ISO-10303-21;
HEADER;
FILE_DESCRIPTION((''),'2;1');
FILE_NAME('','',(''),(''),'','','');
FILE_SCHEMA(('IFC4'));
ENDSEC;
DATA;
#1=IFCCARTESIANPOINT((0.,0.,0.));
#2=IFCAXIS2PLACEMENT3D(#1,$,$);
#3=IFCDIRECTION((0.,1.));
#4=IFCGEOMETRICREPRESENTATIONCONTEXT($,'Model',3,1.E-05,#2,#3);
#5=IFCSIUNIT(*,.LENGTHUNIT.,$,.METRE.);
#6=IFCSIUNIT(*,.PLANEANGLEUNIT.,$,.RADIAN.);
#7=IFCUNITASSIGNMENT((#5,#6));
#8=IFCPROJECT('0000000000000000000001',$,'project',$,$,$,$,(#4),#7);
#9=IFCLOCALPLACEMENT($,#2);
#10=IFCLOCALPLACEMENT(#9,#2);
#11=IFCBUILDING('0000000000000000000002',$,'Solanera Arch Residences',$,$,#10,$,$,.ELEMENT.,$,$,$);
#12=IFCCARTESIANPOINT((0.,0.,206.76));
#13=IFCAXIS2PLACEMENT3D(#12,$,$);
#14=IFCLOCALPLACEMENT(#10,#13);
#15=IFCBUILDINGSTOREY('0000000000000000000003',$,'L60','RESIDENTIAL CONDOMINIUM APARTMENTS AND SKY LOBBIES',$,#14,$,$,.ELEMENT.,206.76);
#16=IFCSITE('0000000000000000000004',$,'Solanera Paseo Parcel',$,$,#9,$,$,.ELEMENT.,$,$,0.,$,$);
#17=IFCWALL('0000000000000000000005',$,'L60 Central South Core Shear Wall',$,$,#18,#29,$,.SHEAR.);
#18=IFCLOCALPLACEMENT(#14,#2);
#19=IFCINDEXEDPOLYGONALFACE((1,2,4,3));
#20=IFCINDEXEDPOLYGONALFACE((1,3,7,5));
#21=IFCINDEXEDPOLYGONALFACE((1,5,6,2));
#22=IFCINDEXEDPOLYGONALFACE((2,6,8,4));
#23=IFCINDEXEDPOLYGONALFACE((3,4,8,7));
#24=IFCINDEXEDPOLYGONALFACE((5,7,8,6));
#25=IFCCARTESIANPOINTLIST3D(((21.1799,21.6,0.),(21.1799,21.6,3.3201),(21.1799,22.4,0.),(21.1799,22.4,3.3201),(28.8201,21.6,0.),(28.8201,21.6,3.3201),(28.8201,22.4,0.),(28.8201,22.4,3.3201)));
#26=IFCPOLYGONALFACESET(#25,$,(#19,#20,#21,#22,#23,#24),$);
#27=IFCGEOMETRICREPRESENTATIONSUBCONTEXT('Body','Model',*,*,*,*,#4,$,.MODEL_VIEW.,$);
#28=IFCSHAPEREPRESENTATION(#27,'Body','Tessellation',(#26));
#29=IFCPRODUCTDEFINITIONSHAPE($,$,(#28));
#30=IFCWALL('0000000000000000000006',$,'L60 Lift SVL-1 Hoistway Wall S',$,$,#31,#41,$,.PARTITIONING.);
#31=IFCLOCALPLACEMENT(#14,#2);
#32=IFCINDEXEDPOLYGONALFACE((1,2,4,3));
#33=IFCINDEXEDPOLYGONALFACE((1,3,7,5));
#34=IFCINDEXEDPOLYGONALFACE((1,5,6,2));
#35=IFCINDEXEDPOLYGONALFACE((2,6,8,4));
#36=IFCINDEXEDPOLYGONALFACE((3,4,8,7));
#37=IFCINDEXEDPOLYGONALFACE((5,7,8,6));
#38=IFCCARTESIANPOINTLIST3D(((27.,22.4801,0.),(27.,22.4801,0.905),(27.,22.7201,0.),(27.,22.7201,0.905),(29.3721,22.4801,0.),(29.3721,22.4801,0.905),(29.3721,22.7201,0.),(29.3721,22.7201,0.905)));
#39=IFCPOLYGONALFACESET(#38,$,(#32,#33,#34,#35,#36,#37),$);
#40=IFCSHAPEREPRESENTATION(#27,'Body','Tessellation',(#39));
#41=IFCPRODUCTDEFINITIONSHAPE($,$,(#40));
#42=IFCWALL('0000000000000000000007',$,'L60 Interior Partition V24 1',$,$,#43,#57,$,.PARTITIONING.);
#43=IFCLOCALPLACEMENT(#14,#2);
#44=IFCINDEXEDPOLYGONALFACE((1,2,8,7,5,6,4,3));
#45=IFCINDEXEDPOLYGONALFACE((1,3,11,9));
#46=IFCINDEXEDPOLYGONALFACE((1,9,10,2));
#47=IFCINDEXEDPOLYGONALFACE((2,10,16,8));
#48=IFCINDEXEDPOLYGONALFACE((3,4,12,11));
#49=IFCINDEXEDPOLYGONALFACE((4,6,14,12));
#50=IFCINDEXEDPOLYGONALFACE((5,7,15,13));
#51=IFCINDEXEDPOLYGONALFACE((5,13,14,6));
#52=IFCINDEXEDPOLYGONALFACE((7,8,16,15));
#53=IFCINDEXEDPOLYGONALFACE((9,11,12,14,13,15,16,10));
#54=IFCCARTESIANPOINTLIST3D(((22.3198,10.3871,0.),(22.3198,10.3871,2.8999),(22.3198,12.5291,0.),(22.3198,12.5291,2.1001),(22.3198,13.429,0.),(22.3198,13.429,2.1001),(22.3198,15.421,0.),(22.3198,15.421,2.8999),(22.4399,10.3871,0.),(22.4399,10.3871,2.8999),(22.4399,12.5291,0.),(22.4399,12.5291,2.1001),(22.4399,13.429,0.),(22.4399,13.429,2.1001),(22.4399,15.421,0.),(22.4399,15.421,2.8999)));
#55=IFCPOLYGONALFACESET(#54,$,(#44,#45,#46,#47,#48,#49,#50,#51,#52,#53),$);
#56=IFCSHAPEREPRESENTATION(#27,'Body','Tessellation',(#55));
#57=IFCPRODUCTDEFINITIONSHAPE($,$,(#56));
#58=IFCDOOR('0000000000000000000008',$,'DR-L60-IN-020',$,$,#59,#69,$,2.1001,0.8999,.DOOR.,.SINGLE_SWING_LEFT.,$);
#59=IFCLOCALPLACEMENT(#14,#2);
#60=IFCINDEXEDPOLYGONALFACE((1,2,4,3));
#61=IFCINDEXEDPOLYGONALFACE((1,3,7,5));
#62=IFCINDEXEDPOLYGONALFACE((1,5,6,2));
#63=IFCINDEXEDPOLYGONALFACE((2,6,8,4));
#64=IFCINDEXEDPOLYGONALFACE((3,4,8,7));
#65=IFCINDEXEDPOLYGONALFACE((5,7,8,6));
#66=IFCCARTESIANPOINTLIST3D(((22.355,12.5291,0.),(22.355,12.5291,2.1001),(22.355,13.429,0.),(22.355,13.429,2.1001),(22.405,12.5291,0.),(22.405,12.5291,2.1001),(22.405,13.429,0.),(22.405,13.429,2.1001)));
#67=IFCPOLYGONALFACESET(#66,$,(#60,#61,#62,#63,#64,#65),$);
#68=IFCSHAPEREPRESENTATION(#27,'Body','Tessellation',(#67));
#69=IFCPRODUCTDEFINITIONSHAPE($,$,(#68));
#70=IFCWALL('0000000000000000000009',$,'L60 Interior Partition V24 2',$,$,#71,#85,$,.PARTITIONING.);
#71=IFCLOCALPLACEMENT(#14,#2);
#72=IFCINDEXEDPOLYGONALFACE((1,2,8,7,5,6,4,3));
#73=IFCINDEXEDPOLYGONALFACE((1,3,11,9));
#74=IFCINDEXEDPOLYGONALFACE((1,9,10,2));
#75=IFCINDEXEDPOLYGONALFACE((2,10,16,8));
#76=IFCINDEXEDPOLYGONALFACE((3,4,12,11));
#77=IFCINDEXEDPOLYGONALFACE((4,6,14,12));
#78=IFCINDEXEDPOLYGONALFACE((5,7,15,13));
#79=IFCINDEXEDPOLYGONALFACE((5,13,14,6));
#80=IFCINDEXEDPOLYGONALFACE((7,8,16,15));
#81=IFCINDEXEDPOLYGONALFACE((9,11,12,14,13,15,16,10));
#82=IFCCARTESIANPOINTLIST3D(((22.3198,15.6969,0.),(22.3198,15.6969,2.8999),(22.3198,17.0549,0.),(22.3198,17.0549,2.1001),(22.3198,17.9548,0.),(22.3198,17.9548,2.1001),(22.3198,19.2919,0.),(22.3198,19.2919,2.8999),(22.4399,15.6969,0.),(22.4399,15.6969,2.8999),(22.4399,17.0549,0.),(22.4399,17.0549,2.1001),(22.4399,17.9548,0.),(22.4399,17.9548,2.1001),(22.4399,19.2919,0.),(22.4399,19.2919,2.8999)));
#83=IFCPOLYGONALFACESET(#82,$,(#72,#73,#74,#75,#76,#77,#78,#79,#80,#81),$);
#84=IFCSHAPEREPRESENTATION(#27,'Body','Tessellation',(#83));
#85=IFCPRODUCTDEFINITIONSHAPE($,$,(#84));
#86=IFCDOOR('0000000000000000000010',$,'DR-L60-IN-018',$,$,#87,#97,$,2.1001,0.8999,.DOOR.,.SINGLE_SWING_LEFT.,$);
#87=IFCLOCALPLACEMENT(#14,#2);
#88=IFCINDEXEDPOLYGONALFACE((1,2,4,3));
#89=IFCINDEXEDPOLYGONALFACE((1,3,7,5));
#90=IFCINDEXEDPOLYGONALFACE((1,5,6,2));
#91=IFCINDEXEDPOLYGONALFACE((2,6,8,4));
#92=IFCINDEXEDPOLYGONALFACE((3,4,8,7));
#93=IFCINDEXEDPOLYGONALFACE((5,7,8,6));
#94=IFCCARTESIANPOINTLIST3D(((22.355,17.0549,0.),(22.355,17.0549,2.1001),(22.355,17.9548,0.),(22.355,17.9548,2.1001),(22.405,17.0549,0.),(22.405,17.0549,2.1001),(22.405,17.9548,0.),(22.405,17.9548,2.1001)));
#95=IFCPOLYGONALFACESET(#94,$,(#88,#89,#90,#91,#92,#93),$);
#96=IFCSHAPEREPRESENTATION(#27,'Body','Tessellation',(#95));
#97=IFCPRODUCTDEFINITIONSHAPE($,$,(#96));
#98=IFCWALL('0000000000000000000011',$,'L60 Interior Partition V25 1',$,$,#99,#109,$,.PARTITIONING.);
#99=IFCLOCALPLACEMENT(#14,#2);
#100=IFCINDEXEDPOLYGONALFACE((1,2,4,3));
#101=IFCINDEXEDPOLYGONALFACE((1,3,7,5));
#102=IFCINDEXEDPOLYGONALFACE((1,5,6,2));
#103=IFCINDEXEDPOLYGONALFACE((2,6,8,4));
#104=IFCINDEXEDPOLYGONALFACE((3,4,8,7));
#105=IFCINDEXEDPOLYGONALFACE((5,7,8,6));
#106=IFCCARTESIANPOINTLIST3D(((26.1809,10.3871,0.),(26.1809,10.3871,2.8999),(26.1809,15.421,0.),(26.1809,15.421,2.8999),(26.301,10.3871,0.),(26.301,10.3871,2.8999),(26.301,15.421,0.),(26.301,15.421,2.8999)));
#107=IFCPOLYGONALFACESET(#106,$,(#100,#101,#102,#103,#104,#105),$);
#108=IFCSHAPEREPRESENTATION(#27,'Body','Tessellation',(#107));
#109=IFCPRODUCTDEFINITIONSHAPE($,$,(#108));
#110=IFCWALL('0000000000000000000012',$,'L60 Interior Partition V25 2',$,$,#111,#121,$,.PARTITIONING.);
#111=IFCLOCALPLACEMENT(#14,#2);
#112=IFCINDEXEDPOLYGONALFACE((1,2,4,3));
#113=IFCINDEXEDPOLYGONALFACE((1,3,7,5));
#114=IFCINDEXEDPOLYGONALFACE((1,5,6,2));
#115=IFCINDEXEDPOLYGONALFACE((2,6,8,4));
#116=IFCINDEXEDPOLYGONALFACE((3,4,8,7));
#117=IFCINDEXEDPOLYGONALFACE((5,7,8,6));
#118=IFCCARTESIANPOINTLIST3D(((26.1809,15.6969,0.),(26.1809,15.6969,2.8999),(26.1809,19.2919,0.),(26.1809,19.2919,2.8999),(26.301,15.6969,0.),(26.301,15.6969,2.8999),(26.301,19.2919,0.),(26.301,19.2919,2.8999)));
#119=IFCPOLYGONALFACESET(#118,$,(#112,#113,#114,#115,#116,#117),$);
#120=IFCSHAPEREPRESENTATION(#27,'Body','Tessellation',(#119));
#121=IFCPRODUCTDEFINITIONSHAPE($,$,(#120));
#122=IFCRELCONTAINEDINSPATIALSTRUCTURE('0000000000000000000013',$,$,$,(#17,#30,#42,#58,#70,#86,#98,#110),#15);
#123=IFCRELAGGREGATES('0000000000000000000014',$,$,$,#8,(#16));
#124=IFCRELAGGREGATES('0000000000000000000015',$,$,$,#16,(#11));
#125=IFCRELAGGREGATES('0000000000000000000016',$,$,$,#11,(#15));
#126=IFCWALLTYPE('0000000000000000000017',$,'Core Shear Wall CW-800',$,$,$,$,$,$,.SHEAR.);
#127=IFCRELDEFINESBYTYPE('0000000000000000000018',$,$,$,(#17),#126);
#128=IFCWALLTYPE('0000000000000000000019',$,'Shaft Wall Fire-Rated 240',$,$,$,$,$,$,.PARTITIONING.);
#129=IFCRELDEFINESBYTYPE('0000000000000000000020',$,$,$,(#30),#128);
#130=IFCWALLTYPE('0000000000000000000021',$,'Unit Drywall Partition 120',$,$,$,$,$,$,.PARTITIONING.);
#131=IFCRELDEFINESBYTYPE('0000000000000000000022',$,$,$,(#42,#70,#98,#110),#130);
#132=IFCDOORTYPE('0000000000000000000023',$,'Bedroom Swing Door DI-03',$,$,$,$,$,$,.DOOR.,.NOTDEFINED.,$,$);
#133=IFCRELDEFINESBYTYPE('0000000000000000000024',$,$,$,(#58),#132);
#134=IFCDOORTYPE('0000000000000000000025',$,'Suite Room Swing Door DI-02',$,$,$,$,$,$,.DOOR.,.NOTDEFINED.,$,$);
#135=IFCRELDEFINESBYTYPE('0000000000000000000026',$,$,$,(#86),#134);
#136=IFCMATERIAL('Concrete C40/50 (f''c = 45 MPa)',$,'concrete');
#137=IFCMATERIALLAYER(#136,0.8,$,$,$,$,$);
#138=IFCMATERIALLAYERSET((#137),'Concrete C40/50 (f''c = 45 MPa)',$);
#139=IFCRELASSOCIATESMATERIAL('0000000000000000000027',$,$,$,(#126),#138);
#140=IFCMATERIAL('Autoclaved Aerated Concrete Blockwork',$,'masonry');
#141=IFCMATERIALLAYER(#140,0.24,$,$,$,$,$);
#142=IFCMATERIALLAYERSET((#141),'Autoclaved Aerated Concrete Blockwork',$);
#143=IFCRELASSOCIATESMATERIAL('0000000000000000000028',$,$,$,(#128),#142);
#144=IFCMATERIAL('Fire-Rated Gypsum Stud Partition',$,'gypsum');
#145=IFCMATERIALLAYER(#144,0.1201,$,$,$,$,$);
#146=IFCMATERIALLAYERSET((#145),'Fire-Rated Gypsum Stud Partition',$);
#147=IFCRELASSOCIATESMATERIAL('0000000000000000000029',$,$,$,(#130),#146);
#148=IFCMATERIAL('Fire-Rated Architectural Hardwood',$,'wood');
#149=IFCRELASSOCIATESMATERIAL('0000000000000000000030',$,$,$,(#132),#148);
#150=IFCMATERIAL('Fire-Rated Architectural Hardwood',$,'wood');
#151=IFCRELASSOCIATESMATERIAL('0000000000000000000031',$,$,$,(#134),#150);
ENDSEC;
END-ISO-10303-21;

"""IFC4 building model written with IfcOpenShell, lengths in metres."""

from ifc_helpers import new_model, si_unit, direction, frame, frame_2d, origin, place, context, subcontext, project, spatial, rectangle, extrude, material, layer, layer_set, type_object, element, fill, save


model = new_model("IFC4")

# Units and contexts
model_context = context("Model", 3, precision=1e-05, world=origin(), true_north=direction((0.0, 1.0)))
body_context = subcontext(model_context, "Body", "Model", "MODEL_VIEW")
ifc_project = project(units=[si_unit("LENGTHUNIT", "METRE"), si_unit("PLANEANGLEUNIT", "RADIAN")], contexts=[model_context])

# Site, building, storey
site_placement = place(None, origin())
site = spatial("IfcSite", under=ifc_project, at=site_placement, Name="Solanera Paseo Parcel", CompositionType="ELEMENT", RefElevation=0.0)
building_placement = place(site_placement, origin())
building = spatial("IfcBuilding", under=site, at=building_placement, Name="Solanera Arch Residences", CompositionType="ELEMENT")
storey_placement = place(building_placement, frame((0.0, 0.0, 206.76)))
storey = spatial("IfcBuildingStorey", under=building, at=storey_placement, Name="L60", Description="RESIDENTIAL CONDOMINIUM APARTMENTS AND SKY LOBBIES", CompositionType="ELEMENT", Elevation=206.76)

# Walls
ifc_material_1 = material(Name="Concrete C40/50 (f'c = 45 MPa)", Category="concrete")
ifc_layer_1 = layer(ifc_material_1, 0.8)
ifc_layer_set_1 = layer_set([ifc_layer_1], Name="Concrete C40/50 (f'c = 45 MPa)")
wall_type_1 = type_object("IfcWallType", Name="Core Shear Wall CW-800", PredefinedType="SHEAR", material=ifc_layer_set_1)
wall_1_placement = place(storey_placement, frame((21.1799, 22.0, 0.0), z_axis=(0.0, 0.0, 1.0), x_axis=(1.0, 0.0, 0.0)))
element("IfcWall", 1, at=wall_1_placement, inside=storey, type_object=wall_type_1, Name="L60 Central South Core Shear Wall", PredefinedType="SHEAR", context=body_context, shape_type="SweptSolid", body=[
    extrude(rectangle(XDim=7.6401, YDim=0.8, at=frame_2d((3.8201, 0.0))), origin(), (0.0, 0.0, 1.0), 3.3201),
])
ifc_material_2 = material(Name="Autoclaved Aerated Concrete Blockwork", Category="masonry")
ifc_layer_2 = layer(ifc_material_2, 0.24)
ifc_layer_set_2 = layer_set([ifc_layer_2], Name="Autoclaved Aerated Concrete Blockwork")
wall_type_2 = type_object("IfcWallType", Name="Shaft Wall Fire-Rated 240", PredefinedType="PARTITIONING", material=ifc_layer_set_2)
wall_2_placement = place(storey_placement, frame((27.0, 22.6001, 0.0), z_axis=(0.0, 0.0, 1.0), x_axis=(1.0, 0.0, 0.0)))
element("IfcWall", 2, at=wall_2_placement, inside=storey, type_object=wall_type_2, Name="L60 Lift SVL-1 Hoistway Wall S", PredefinedType="PARTITIONING", context=body_context, shape_type="SweptSolid", body=[
    extrude(rectangle(XDim=2.3721, YDim=0.24, at=frame_2d((1.186, 0.0))), origin(), (0.0, 0.0, 1.0), 0.905),
])

# Walls, openings, doors
ifc_material_3 = material(Name="Fire-Rated Gypsum Stud Partition", Category="gypsum")
ifc_layer_3 = layer(ifc_material_3, 0.1201)
ifc_layer_set_3 = layer_set([ifc_layer_3], Name="Fire-Rated Gypsum Stud Partition")
wall_type_3 = type_object("IfcWallType", Name="Unit Drywall Partition 120", PredefinedType="PARTITIONING", material=ifc_layer_set_3)
wall_3_placement = place(storey_placement, frame((22.3799, 10.387, 0.0), z_axis=(0.0, 0.0, 1.0), x_axis=(0.0, 1.0, 0.0)))
wall_3 = element("IfcWall", 3, at=wall_3_placement, inside=storey, type_object=wall_type_3, Name="L60 Interior Partition V24 1", PredefinedType="PARTITIONING", context=body_context, shape_type="SweptSolid", body=[
    extrude(rectangle(XDim=5.0339, YDim=0.1201, at=frame_2d((2.5171, 0.0))), origin(), (0.0, 0.0, 1.0), 2.8999),
])
opening_1_placement = place(wall_3_placement, frame((2.1421, 0.0, 0.0)))
opening_1 = element("IfcOpeningElement", 4, at=opening_1_placement, cuts=wall_3, PredefinedType="OPENING", context=body_context, shape_type="SweptSolid", body=[
    extrude(rectangle(XDim=0.8999, YDim=2.1001, at=frame_2d((0.45, 1.05))), frame((0.0, 0.0701, 0.0), z_axis=(0.0, -1.0, 0.0), x_axis=(1.0, 0.0, 0.0)), (0.0, 0.0, 1.0), 0.1401),
])
ifc_material_4 = material(Name="Fire-Rated Architectural Hardwood", Category="wood")
door_type_1 = type_object("IfcDoorType", Name="Bedroom Swing Door DI-03", OperationType="NOTDEFINED", PredefinedType="DOOR", material=ifc_material_4)
door_1_placement = place(opening_1_placement, origin())
door_1 = element("IfcDoor", 5, at=door_1_placement, inside=storey, type_object=door_type_1, Name="DR-L60-IN-020", OperationType="SINGLE_SWING_LEFT", OverallHeight=2.1001, OverallWidth=0.8999, PredefinedType="DOOR", context=body_context, shape_type="SweptSolid", body=[
    extrude(rectangle(XDim=0.8999, YDim=2.1001, at=frame_2d((0.45, 1.05))), frame((0.0, 0.0249, 0.0), z_axis=(0.0, -1.0, 0.0), x_axis=(1.0, 0.0, 0.0)), (0.0, 0.0, 1.0), 0.05),
])
fill(opening_1, door_1)
wall_4_placement = place(storey_placement, frame((22.3799, 15.697, 0.0), z_axis=(0.0, 0.0, 1.0), x_axis=(0.0, 1.0, 0.0)))
wall_4 = element("IfcWall", 6, at=wall_4_placement, inside=storey, type_object=wall_type_3, Name="L60 Interior Partition V24 2", PredefinedType="PARTITIONING", context=body_context, shape_type="SweptSolid", body=[
    extrude(rectangle(XDim=3.595, YDim=0.1201, at=frame_2d((1.7974, 0.0))), origin(), (0.0, 0.0, 1.0), 2.8999),
])
opening_2_placement = place(wall_4_placement, frame((1.3579, 0.0, 0.0)))
opening_2 = element("IfcOpeningElement", 7, at=opening_2_placement, cuts=wall_4, PredefinedType="OPENING", context=body_context, shape_type="SweptSolid", body=[
    extrude(rectangle(XDim=0.8999, YDim=2.1001, at=frame_2d((0.45, 1.05))), frame((0.0, 0.0701, 0.0), z_axis=(0.0, -1.0, 0.0), x_axis=(1.0, 0.0, 0.0)), (0.0, 0.0, 1.0), 0.1401),
])
ifc_material_5 = material(Name="Fire-Rated Architectural Hardwood", Category="wood")
door_type_2 = type_object("IfcDoorType", Name="Suite Room Swing Door DI-02", OperationType="NOTDEFINED", PredefinedType="DOOR", material=ifc_material_5)
door_2_placement = place(opening_2_placement, origin())
door_2 = element("IfcDoor", 8, at=door_2_placement, inside=storey, type_object=door_type_2, Name="DR-L60-IN-018", OperationType="SINGLE_SWING_LEFT", OverallHeight=2.1001, OverallWidth=0.8999, PredefinedType="DOOR", context=body_context, shape_type="SweptSolid", body=[
    extrude(rectangle(XDim=0.8999, YDim=2.1001, at=frame_2d((0.45, 1.05))), frame((0.0, 0.0249, 0.0), z_axis=(0.0, -1.0, 0.0), x_axis=(1.0, 0.0, 0.0)), (0.0, 0.0, 1.0), 0.05),
])
fill(opening_2, door_2)

# Walls
wall_5_placement = place(storey_placement, frame((26.241, 10.387, 0.0), z_axis=(0.0, 0.0, 1.0), x_axis=(0.0, 1.0, 0.0)))
element("IfcWall", 9, at=wall_5_placement, inside=storey, type_object=wall_type_3, Name="L60 Interior Partition V25 1", PredefinedType="PARTITIONING", context=body_context, shape_type="SweptSolid", body=[
    extrude(rectangle(XDim=5.0339, YDim=0.1201, at=frame_2d((2.5171, 0.0))), origin(), (0.0, 0.0, 1.0), 2.8999),
])
wall_6_placement = place(storey_placement, frame((26.241, 15.697, 0.0), z_axis=(0.0, 0.0, 1.0), x_axis=(0.0, 1.0, 0.0)))
element("IfcWall", 10, at=wall_6_placement, inside=storey, type_object=wall_type_3, Name="L60 Interior Partition V25 2", PredefinedType="PARTITIONING", context=body_context, shape_type="SweptSolid", body=[
    extrude(rectangle(XDim=3.595, YDim=0.1201, at=frame_2d((1.7974, 0.0))), origin(), (0.0, 0.0, 1.0), 2.8999),
])

save(model, "model.ifc")
